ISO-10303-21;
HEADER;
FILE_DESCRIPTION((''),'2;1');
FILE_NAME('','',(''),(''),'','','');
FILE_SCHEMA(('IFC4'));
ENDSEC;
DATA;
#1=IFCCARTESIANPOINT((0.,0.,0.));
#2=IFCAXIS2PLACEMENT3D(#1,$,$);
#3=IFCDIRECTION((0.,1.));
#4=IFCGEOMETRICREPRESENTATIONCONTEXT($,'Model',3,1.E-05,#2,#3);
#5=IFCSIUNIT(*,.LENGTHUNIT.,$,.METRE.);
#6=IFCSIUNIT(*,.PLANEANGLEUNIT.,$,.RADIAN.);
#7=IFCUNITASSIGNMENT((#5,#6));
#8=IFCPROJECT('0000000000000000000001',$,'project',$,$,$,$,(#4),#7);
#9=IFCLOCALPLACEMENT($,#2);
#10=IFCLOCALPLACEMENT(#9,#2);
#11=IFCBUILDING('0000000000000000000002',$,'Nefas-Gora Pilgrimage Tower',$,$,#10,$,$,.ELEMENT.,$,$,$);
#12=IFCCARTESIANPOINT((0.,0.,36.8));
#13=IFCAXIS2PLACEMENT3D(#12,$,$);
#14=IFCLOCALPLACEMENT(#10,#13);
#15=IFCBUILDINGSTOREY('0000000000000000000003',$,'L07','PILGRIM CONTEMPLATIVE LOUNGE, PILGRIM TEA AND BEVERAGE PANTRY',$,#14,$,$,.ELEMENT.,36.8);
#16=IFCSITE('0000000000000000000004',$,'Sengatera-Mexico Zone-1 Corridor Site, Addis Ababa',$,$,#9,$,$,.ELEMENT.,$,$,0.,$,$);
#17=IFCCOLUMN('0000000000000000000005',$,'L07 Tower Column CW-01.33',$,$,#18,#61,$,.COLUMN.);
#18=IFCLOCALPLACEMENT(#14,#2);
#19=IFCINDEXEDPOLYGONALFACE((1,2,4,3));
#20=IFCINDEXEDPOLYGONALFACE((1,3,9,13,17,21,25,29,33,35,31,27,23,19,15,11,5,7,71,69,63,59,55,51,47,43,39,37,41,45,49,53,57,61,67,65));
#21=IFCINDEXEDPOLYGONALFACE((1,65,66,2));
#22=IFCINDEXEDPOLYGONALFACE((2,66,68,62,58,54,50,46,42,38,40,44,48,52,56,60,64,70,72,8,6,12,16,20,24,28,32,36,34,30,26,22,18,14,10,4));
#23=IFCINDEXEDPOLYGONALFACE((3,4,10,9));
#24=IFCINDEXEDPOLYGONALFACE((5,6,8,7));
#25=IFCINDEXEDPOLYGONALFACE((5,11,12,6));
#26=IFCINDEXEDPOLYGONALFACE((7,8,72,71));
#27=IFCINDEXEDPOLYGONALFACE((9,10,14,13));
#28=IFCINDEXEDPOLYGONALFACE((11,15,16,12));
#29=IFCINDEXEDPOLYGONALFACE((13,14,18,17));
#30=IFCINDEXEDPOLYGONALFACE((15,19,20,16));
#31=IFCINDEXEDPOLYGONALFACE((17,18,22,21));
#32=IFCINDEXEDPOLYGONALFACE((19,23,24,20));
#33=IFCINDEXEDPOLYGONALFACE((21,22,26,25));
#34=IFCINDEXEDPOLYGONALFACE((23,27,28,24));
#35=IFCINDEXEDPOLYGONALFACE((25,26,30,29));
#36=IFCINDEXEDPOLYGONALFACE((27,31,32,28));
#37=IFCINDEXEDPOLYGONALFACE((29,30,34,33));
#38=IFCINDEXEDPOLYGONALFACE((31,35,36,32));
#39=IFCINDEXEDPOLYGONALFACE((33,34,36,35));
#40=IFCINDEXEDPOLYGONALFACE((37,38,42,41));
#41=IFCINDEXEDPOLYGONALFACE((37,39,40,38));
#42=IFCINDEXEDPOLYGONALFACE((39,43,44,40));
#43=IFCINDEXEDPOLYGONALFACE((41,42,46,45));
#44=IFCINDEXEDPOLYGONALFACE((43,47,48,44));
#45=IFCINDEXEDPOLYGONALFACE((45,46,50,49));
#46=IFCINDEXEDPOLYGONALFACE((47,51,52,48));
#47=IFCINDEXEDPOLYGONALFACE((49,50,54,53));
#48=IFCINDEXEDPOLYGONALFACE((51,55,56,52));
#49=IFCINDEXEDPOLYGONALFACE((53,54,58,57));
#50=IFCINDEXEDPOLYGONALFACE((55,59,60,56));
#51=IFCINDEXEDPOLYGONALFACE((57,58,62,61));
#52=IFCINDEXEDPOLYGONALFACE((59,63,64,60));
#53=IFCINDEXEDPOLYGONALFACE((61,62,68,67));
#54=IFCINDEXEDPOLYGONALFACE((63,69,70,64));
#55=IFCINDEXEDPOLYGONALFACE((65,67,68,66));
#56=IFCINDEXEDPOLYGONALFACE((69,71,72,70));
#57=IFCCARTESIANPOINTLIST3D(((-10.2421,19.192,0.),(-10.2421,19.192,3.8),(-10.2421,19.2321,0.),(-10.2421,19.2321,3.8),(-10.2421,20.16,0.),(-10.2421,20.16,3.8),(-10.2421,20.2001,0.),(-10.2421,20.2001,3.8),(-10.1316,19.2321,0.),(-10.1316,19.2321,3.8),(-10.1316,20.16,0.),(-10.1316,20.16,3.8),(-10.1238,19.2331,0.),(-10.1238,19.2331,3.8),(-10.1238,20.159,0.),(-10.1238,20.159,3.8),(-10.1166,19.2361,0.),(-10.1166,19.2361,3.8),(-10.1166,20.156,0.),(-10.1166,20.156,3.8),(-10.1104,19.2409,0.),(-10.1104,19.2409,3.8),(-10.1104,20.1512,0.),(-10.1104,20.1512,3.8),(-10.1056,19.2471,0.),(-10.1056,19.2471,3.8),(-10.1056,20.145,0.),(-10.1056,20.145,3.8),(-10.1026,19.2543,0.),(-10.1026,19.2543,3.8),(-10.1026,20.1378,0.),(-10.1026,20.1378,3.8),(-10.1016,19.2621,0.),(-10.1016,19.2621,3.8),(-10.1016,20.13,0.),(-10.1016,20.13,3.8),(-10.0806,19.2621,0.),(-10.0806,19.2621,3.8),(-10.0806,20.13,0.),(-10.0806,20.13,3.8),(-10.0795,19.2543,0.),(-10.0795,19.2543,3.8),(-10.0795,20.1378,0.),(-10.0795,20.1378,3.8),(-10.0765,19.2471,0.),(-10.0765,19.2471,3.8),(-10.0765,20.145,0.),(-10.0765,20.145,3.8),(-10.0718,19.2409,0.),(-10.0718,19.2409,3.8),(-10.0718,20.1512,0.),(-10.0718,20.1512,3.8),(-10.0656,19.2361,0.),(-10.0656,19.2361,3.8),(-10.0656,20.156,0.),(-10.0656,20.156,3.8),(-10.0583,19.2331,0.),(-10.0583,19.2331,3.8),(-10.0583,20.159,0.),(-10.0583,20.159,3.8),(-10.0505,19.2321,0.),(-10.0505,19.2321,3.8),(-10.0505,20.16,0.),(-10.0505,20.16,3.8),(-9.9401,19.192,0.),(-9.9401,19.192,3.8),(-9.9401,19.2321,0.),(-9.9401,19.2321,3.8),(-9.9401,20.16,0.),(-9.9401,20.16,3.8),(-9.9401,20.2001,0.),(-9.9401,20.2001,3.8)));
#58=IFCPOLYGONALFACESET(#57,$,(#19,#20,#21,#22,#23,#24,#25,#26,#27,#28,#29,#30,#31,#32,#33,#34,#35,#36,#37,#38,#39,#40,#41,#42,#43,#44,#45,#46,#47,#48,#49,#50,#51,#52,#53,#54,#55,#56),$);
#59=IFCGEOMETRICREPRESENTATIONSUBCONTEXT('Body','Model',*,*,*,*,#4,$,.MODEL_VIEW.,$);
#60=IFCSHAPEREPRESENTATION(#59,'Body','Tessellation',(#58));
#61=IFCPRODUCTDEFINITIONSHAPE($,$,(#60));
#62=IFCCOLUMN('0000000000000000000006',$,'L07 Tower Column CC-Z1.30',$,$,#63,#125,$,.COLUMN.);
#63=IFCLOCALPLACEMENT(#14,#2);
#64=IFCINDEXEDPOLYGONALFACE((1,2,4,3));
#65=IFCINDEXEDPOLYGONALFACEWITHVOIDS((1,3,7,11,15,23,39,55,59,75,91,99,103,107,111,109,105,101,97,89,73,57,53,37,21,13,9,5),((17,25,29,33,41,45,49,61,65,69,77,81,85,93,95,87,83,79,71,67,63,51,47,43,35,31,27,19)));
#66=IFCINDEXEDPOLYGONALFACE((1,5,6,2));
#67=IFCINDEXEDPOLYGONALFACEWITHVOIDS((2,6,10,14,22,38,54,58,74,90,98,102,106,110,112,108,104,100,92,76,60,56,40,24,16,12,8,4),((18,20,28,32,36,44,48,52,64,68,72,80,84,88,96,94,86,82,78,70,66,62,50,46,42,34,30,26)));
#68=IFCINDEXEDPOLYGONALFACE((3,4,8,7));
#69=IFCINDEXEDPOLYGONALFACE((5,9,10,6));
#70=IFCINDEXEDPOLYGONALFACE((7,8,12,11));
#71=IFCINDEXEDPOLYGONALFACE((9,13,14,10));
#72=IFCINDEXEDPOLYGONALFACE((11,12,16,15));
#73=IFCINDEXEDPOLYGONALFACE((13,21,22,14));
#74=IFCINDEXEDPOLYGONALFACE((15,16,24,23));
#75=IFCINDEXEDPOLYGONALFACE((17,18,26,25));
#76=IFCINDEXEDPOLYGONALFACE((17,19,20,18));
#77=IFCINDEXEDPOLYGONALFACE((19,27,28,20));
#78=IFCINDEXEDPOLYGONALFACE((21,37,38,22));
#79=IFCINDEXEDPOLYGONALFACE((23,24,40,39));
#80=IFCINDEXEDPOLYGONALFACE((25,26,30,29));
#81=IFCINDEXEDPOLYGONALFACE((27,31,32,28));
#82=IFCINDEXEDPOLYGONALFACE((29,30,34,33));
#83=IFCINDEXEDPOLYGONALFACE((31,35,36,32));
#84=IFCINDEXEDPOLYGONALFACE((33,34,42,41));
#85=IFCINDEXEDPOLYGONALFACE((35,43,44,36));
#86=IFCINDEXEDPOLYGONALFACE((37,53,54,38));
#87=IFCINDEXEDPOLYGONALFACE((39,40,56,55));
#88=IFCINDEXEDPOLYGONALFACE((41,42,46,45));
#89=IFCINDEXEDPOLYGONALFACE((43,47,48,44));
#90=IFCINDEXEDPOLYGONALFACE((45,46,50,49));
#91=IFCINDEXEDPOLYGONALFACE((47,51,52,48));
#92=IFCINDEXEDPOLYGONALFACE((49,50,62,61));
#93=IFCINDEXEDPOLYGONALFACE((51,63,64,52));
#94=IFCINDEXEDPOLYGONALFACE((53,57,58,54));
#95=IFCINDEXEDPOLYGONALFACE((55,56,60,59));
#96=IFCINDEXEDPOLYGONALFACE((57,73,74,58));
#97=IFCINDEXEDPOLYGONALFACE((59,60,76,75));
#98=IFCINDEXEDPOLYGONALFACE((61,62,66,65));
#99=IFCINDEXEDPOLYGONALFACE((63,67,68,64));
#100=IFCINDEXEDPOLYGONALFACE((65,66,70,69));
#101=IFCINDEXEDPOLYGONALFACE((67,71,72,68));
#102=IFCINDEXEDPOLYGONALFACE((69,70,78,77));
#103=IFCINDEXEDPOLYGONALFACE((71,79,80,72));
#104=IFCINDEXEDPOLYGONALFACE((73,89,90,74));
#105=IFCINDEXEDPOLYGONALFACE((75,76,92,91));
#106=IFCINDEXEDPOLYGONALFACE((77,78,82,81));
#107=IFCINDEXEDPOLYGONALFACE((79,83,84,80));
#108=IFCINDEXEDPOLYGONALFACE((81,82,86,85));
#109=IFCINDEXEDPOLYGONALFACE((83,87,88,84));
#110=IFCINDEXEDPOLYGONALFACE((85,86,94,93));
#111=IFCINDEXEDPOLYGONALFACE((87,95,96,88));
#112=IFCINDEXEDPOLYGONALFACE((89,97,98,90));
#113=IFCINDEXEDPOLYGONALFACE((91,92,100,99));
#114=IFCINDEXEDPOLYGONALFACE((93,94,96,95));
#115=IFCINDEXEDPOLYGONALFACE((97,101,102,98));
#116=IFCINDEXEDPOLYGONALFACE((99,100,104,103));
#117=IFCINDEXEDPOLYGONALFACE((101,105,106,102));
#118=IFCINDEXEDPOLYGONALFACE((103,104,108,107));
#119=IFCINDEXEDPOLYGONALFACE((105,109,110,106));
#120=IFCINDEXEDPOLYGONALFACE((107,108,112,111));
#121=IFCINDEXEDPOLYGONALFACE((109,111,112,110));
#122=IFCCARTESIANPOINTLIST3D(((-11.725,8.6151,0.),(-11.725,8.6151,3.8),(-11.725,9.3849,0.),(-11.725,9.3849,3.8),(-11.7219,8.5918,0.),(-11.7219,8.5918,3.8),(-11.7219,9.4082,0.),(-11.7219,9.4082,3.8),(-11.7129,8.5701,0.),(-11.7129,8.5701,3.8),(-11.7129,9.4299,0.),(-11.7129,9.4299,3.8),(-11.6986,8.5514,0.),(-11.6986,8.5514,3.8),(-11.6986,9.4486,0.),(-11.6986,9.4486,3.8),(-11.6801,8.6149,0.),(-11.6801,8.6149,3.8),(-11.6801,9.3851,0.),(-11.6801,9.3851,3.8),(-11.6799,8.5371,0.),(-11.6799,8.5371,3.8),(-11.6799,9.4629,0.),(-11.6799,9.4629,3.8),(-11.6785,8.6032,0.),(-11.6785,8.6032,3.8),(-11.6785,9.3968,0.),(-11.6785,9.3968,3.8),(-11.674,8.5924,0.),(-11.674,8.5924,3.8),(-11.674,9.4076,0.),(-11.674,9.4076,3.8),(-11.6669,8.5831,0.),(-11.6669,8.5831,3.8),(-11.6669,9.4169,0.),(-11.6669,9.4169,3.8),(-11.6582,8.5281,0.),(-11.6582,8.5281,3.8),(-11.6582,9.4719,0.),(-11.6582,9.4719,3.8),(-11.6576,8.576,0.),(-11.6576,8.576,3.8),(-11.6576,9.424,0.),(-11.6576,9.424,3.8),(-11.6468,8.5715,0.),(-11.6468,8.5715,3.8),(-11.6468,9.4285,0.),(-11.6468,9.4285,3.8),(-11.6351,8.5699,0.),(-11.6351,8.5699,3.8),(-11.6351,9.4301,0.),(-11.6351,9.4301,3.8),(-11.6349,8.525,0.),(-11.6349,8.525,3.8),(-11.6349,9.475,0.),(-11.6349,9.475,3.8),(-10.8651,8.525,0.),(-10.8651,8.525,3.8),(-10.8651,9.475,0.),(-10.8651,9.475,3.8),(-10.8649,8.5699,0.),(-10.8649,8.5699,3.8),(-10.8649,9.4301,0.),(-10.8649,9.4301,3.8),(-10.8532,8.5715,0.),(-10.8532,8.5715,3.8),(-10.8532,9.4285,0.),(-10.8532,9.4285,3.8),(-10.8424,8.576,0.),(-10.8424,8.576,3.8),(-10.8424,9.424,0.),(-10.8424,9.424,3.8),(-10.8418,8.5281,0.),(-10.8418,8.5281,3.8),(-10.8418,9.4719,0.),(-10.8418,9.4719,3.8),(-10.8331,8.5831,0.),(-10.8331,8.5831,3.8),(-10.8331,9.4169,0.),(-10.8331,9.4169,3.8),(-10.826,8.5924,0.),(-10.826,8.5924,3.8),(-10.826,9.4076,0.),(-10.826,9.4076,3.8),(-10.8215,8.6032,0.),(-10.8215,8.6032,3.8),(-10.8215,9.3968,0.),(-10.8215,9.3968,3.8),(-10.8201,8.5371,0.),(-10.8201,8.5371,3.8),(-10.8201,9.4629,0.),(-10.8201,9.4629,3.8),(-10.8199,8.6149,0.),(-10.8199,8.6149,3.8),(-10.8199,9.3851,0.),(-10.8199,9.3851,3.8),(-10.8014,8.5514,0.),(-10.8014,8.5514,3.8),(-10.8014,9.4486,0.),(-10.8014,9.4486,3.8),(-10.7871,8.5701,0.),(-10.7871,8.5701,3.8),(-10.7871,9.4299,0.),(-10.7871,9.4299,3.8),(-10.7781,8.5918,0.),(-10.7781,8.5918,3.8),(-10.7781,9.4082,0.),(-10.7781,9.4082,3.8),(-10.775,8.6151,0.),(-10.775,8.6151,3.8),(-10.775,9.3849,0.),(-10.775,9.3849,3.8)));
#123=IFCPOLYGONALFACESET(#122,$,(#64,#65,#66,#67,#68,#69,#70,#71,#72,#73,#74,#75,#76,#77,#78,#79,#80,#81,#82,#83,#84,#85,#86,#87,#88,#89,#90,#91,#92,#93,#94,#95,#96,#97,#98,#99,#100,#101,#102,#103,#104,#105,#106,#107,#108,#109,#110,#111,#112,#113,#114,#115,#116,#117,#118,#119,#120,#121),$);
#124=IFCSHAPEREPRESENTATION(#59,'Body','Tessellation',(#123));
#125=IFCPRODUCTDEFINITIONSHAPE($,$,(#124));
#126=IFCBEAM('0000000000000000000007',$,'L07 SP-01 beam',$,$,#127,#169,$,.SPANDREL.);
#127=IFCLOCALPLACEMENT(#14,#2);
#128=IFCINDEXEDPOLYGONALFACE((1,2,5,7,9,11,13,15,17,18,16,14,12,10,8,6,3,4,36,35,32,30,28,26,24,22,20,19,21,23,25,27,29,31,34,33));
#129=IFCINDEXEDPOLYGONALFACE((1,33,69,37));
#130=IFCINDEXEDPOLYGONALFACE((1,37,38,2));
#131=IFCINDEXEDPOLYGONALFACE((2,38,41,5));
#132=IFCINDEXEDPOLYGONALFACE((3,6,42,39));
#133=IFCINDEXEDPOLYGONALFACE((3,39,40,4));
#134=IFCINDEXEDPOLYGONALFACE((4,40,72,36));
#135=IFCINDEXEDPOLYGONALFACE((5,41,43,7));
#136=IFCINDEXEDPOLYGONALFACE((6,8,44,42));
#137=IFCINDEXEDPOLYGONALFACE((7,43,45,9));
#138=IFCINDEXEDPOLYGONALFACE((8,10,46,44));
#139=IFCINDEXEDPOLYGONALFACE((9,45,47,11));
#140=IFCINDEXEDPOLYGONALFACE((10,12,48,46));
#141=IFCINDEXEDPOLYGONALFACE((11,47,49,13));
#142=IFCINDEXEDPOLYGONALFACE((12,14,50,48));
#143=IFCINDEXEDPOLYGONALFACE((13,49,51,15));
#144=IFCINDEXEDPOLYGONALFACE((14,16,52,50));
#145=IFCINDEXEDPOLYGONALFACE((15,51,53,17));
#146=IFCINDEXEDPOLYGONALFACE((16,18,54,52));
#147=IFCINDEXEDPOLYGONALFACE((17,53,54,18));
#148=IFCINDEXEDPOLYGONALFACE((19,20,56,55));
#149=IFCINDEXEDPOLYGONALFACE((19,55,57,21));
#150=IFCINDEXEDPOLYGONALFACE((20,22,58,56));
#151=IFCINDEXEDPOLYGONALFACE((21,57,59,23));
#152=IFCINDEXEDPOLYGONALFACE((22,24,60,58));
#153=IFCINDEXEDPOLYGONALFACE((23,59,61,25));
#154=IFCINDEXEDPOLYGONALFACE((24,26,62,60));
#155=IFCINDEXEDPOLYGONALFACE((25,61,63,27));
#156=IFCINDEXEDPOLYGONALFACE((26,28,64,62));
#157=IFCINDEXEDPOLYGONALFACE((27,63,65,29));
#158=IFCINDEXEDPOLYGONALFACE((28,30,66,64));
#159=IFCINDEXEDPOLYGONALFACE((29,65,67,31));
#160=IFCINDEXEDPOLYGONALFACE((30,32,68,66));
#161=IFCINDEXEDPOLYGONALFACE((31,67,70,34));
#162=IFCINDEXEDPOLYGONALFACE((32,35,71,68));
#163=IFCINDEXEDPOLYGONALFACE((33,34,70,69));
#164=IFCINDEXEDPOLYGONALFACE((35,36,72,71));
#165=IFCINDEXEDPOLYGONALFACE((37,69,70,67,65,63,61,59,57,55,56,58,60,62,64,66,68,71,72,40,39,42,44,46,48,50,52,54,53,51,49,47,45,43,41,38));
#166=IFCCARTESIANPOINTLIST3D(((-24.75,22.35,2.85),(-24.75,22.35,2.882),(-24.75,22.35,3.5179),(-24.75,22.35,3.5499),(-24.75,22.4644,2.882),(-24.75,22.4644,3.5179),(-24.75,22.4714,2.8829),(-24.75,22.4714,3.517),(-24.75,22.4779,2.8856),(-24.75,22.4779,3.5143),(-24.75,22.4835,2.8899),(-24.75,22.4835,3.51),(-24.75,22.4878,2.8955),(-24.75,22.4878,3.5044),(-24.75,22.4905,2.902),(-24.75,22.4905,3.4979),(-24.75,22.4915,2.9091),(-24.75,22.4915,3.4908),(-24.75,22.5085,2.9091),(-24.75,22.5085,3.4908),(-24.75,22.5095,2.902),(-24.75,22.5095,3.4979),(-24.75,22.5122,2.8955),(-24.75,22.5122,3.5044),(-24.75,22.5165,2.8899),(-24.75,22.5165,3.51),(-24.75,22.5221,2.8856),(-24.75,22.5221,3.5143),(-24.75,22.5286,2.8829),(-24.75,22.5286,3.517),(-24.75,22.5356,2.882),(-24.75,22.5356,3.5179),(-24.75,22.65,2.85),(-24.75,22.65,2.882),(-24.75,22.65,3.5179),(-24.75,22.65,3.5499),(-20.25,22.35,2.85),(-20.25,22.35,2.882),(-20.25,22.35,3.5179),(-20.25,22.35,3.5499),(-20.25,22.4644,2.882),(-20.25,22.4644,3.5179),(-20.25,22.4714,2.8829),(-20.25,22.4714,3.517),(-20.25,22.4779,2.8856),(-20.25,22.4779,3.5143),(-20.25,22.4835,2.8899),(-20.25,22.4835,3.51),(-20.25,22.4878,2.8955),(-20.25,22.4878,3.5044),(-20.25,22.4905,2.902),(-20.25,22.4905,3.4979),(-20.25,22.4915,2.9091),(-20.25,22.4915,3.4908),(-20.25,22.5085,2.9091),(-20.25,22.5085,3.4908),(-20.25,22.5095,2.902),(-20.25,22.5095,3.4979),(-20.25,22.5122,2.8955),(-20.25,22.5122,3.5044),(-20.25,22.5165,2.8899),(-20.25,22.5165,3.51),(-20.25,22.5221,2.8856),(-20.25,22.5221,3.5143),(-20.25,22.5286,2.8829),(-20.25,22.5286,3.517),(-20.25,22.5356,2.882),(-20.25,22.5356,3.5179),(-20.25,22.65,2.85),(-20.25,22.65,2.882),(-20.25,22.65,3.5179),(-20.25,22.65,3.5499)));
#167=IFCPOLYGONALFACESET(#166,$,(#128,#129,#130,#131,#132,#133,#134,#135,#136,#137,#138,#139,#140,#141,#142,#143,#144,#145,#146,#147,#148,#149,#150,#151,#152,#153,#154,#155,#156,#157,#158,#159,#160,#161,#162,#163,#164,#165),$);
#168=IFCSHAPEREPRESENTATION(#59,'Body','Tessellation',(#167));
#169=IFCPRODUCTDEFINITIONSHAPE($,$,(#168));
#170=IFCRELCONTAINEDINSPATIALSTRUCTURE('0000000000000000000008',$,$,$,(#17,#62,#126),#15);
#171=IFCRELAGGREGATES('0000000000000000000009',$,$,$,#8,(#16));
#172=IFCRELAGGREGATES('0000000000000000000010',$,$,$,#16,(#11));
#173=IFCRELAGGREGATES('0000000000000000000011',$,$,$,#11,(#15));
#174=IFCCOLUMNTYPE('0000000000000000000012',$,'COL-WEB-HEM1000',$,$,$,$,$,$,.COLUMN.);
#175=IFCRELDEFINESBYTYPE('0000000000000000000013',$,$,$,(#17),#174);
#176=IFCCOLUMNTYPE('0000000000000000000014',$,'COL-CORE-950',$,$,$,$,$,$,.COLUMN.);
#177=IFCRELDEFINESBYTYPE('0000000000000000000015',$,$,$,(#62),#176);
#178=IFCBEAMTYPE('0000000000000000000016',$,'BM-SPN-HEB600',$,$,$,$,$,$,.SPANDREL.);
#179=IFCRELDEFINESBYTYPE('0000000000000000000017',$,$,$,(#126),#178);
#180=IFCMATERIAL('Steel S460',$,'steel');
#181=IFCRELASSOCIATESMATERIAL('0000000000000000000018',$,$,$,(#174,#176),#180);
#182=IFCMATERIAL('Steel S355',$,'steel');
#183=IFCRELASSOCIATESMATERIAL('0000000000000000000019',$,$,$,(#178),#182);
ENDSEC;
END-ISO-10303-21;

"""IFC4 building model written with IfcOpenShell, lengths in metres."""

from ifc_helpers import new_model, si_unit, direction, frame, origin, origin_2d, place, context, subcontext, project, spatial, hollow_rectangle, i_section, extrude, source, transform, mapped, material, material_profile, profile_set, type_object, element, save


model = new_model("IFC4")

# Units and contexts
model_context = context("Model", 3, precision=1e-05, world=origin(), true_north=direction((0.0, 1.0)))
body_context = subcontext(model_context, "Body", "Model", "MODEL_VIEW")
ifc_project = project(units=[si_unit("LENGTHUNIT", "METRE"), si_unit("PLANEANGLEUNIT", "RADIAN")], contexts=[model_context])

# Site, building, storey
site_placement = place(None, origin())
site = spatial("IfcSite", under=ifc_project, at=site_placement, Name="Sengatera-Mexico Zone-1 Corridor Site, Addis Ababa", CompositionType="ELEMENT", RefElevation=0.0)
building_placement = place(site_placement, origin())
building = spatial("IfcBuilding", under=site, at=building_placement, Name="Nefas-Gora Pilgrimage Tower", CompositionType="ELEMENT")
storey_placement = place(building_placement, frame((0.0, 0.0, 36.8)))
storey = spatial("IfcBuildingStorey", under=building, at=storey_placement, Name="L07", Description="PILGRIM CONTEMPLATIVE LOUNGE, PILGRIM TEA AND BEVERAGE PANTRY", CompositionType="ELEMENT", Elevation=36.8)

# Columns
ifc_material_1 = material(Name="Steel S460", Category="steel")
ifc_material_profile_1 = material_profile(ifc_material_1, i_section(OverallWidth=0.302, OverallDepth=1.0081, WebThickness=0.021, FlangeThickness=0.04, FilletRadius=0.03, at=origin_2d()), Name="HEM 1000")
ifc_profile_set_1 = profile_set([ifc_material_profile_1], Name="Steel S460")
column_type_1 = type_object("IfcColumnType", Name="COL-WEB-HEM1000", PredefinedType="COLUMN", material=ifc_profile_set_1)
shared_shape_1 = source(origin(), body_context, "Body", "SweptSolid", [
    extrude(i_section(OverallWidth=0.302, OverallDepth=1.0081, WebThickness=0.021, FlangeThickness=0.04, FilletRadius=0.03, at=origin_2d()), origin(), (0.0, 0.0, 1.0), 3.8),
])
for number, where, z_axis, x_axis, name in (
    (1, (-10.0911, 19.696, 0.0), (0.0, 0.0, 1.0), (1.0, 0.0, 0.0), "L07 Tower Column CW-01.33"),
):
    element("IfcColumn", number, at=place(storey_placement, frame(where, z_axis=z_axis, x_axis=x_axis)), inside=storey, type_object=column_type_1, Name=name, PredefinedType="COLUMN", context=body_context, shape_type="MappedRepresentation", body=[
        mapped(shared_shape_1, transform((0.0, 0.0, 0.0), x_axis=(1.0, 0.0, 0.0), y_axis=(0.0, 1.0, 0.0), z_axis=(0.0, 0.0, 1.0), scale=1.0)),
    ])
ifc_material_profile_2 = material_profile(ifc_material_1, hollow_rectangle(XDim=0.95, YDim=0.95, WallThickness=0.0449, InnerFilletRadius=0.0449, OuterFilletRadius=0.0901, at=origin_2d()), Name="BOX 950x950x45")
ifc_profile_set_2 = profile_set([ifc_material_profile_2], Name="Steel S460")
column_type_2 = type_object("IfcColumnType", Name="COL-CORE-950", PredefinedType="COLUMN", material=ifc_profile_set_2)
shared_shape_2 = source(origin(), body_context, "Body", "SweptSolid", [
    extrude(hollow_rectangle(XDim=0.95, YDim=0.95, WallThickness=0.0449, InnerFilletRadius=0.0449, OuterFilletRadius=0.0901, at=origin_2d()), origin(), (0.0, 0.0, 1.0), 3.8),
])
column_placement = place(storey_placement, frame((-11.25, 9.0, 0.0), z_axis=(0.0, 0.0, 1.0), x_axis=(1.0, 0.0, 0.0)))
element("IfcColumn", 2, at=column_placement, inside=storey, type_object=column_type_2, Name="L07 Tower Column CC-Z1.30", PredefinedType="COLUMN", context=body_context, shape_type="MappedRepresentation", body=[
    mapped(shared_shape_2, transform((0.0, 0.0, 0.0), x_axis=(1.0, 0.0, 0.0), y_axis=(0.0, 1.0, 0.0), z_axis=(0.0, 0.0, 1.0), scale=1.0)),
])

# Beam
ifc_material_2 = material(Name="Steel S355", Category="steel")
ifc_material_profile_3 = material_profile(ifc_material_2, i_section(OverallWidth=0.3, OverallDepth=0.7, WebThickness=0.0171, FlangeThickness=0.032, FilletRadius=0.0271, at=origin_2d()), Name="HEB 700")
ifc_profile_set_3 = profile_set([ifc_material_profile_3], Name="Steel S355")
beam_type_1 = type_object("IfcBeamType", Name="BM-SPN-HEB600", PredefinedType="SPANDREL", material=ifc_profile_set_3)
shared_shape_3 = source(origin(), body_context, "Body", "SweptSolid", [
    extrude(i_section(OverallWidth=0.3, OverallDepth=0.7, WebThickness=0.0171, FlangeThickness=0.032, FilletRadius=0.0271, at=origin_2d()), origin(), (0.0, 0.0, 1.0), 4.5),
])
beam_1_placement = place(storey_placement, frame((-24.75, 22.5, 3.2), z_axis=(1.0, 0.0, 0.0), x_axis=(0.0, 1.0, 0.0)))
element("IfcBeam", 3, at=beam_1_placement, inside=storey, type_object=beam_type_1, Name="L07 SP-01 beam", PredefinedType="SPANDREL", context=body_context, shape_type="MappedRepresentation", body=[
    mapped(shared_shape_3, transform((0.0, 0.0, 0.0), x_axis=(1.0, 0.0, 0.0), y_axis=(0.0, 1.0, 0.0), z_axis=(0.0, 0.0, 1.0), scale=1.0)),
])

save(model, "model.ifc")
